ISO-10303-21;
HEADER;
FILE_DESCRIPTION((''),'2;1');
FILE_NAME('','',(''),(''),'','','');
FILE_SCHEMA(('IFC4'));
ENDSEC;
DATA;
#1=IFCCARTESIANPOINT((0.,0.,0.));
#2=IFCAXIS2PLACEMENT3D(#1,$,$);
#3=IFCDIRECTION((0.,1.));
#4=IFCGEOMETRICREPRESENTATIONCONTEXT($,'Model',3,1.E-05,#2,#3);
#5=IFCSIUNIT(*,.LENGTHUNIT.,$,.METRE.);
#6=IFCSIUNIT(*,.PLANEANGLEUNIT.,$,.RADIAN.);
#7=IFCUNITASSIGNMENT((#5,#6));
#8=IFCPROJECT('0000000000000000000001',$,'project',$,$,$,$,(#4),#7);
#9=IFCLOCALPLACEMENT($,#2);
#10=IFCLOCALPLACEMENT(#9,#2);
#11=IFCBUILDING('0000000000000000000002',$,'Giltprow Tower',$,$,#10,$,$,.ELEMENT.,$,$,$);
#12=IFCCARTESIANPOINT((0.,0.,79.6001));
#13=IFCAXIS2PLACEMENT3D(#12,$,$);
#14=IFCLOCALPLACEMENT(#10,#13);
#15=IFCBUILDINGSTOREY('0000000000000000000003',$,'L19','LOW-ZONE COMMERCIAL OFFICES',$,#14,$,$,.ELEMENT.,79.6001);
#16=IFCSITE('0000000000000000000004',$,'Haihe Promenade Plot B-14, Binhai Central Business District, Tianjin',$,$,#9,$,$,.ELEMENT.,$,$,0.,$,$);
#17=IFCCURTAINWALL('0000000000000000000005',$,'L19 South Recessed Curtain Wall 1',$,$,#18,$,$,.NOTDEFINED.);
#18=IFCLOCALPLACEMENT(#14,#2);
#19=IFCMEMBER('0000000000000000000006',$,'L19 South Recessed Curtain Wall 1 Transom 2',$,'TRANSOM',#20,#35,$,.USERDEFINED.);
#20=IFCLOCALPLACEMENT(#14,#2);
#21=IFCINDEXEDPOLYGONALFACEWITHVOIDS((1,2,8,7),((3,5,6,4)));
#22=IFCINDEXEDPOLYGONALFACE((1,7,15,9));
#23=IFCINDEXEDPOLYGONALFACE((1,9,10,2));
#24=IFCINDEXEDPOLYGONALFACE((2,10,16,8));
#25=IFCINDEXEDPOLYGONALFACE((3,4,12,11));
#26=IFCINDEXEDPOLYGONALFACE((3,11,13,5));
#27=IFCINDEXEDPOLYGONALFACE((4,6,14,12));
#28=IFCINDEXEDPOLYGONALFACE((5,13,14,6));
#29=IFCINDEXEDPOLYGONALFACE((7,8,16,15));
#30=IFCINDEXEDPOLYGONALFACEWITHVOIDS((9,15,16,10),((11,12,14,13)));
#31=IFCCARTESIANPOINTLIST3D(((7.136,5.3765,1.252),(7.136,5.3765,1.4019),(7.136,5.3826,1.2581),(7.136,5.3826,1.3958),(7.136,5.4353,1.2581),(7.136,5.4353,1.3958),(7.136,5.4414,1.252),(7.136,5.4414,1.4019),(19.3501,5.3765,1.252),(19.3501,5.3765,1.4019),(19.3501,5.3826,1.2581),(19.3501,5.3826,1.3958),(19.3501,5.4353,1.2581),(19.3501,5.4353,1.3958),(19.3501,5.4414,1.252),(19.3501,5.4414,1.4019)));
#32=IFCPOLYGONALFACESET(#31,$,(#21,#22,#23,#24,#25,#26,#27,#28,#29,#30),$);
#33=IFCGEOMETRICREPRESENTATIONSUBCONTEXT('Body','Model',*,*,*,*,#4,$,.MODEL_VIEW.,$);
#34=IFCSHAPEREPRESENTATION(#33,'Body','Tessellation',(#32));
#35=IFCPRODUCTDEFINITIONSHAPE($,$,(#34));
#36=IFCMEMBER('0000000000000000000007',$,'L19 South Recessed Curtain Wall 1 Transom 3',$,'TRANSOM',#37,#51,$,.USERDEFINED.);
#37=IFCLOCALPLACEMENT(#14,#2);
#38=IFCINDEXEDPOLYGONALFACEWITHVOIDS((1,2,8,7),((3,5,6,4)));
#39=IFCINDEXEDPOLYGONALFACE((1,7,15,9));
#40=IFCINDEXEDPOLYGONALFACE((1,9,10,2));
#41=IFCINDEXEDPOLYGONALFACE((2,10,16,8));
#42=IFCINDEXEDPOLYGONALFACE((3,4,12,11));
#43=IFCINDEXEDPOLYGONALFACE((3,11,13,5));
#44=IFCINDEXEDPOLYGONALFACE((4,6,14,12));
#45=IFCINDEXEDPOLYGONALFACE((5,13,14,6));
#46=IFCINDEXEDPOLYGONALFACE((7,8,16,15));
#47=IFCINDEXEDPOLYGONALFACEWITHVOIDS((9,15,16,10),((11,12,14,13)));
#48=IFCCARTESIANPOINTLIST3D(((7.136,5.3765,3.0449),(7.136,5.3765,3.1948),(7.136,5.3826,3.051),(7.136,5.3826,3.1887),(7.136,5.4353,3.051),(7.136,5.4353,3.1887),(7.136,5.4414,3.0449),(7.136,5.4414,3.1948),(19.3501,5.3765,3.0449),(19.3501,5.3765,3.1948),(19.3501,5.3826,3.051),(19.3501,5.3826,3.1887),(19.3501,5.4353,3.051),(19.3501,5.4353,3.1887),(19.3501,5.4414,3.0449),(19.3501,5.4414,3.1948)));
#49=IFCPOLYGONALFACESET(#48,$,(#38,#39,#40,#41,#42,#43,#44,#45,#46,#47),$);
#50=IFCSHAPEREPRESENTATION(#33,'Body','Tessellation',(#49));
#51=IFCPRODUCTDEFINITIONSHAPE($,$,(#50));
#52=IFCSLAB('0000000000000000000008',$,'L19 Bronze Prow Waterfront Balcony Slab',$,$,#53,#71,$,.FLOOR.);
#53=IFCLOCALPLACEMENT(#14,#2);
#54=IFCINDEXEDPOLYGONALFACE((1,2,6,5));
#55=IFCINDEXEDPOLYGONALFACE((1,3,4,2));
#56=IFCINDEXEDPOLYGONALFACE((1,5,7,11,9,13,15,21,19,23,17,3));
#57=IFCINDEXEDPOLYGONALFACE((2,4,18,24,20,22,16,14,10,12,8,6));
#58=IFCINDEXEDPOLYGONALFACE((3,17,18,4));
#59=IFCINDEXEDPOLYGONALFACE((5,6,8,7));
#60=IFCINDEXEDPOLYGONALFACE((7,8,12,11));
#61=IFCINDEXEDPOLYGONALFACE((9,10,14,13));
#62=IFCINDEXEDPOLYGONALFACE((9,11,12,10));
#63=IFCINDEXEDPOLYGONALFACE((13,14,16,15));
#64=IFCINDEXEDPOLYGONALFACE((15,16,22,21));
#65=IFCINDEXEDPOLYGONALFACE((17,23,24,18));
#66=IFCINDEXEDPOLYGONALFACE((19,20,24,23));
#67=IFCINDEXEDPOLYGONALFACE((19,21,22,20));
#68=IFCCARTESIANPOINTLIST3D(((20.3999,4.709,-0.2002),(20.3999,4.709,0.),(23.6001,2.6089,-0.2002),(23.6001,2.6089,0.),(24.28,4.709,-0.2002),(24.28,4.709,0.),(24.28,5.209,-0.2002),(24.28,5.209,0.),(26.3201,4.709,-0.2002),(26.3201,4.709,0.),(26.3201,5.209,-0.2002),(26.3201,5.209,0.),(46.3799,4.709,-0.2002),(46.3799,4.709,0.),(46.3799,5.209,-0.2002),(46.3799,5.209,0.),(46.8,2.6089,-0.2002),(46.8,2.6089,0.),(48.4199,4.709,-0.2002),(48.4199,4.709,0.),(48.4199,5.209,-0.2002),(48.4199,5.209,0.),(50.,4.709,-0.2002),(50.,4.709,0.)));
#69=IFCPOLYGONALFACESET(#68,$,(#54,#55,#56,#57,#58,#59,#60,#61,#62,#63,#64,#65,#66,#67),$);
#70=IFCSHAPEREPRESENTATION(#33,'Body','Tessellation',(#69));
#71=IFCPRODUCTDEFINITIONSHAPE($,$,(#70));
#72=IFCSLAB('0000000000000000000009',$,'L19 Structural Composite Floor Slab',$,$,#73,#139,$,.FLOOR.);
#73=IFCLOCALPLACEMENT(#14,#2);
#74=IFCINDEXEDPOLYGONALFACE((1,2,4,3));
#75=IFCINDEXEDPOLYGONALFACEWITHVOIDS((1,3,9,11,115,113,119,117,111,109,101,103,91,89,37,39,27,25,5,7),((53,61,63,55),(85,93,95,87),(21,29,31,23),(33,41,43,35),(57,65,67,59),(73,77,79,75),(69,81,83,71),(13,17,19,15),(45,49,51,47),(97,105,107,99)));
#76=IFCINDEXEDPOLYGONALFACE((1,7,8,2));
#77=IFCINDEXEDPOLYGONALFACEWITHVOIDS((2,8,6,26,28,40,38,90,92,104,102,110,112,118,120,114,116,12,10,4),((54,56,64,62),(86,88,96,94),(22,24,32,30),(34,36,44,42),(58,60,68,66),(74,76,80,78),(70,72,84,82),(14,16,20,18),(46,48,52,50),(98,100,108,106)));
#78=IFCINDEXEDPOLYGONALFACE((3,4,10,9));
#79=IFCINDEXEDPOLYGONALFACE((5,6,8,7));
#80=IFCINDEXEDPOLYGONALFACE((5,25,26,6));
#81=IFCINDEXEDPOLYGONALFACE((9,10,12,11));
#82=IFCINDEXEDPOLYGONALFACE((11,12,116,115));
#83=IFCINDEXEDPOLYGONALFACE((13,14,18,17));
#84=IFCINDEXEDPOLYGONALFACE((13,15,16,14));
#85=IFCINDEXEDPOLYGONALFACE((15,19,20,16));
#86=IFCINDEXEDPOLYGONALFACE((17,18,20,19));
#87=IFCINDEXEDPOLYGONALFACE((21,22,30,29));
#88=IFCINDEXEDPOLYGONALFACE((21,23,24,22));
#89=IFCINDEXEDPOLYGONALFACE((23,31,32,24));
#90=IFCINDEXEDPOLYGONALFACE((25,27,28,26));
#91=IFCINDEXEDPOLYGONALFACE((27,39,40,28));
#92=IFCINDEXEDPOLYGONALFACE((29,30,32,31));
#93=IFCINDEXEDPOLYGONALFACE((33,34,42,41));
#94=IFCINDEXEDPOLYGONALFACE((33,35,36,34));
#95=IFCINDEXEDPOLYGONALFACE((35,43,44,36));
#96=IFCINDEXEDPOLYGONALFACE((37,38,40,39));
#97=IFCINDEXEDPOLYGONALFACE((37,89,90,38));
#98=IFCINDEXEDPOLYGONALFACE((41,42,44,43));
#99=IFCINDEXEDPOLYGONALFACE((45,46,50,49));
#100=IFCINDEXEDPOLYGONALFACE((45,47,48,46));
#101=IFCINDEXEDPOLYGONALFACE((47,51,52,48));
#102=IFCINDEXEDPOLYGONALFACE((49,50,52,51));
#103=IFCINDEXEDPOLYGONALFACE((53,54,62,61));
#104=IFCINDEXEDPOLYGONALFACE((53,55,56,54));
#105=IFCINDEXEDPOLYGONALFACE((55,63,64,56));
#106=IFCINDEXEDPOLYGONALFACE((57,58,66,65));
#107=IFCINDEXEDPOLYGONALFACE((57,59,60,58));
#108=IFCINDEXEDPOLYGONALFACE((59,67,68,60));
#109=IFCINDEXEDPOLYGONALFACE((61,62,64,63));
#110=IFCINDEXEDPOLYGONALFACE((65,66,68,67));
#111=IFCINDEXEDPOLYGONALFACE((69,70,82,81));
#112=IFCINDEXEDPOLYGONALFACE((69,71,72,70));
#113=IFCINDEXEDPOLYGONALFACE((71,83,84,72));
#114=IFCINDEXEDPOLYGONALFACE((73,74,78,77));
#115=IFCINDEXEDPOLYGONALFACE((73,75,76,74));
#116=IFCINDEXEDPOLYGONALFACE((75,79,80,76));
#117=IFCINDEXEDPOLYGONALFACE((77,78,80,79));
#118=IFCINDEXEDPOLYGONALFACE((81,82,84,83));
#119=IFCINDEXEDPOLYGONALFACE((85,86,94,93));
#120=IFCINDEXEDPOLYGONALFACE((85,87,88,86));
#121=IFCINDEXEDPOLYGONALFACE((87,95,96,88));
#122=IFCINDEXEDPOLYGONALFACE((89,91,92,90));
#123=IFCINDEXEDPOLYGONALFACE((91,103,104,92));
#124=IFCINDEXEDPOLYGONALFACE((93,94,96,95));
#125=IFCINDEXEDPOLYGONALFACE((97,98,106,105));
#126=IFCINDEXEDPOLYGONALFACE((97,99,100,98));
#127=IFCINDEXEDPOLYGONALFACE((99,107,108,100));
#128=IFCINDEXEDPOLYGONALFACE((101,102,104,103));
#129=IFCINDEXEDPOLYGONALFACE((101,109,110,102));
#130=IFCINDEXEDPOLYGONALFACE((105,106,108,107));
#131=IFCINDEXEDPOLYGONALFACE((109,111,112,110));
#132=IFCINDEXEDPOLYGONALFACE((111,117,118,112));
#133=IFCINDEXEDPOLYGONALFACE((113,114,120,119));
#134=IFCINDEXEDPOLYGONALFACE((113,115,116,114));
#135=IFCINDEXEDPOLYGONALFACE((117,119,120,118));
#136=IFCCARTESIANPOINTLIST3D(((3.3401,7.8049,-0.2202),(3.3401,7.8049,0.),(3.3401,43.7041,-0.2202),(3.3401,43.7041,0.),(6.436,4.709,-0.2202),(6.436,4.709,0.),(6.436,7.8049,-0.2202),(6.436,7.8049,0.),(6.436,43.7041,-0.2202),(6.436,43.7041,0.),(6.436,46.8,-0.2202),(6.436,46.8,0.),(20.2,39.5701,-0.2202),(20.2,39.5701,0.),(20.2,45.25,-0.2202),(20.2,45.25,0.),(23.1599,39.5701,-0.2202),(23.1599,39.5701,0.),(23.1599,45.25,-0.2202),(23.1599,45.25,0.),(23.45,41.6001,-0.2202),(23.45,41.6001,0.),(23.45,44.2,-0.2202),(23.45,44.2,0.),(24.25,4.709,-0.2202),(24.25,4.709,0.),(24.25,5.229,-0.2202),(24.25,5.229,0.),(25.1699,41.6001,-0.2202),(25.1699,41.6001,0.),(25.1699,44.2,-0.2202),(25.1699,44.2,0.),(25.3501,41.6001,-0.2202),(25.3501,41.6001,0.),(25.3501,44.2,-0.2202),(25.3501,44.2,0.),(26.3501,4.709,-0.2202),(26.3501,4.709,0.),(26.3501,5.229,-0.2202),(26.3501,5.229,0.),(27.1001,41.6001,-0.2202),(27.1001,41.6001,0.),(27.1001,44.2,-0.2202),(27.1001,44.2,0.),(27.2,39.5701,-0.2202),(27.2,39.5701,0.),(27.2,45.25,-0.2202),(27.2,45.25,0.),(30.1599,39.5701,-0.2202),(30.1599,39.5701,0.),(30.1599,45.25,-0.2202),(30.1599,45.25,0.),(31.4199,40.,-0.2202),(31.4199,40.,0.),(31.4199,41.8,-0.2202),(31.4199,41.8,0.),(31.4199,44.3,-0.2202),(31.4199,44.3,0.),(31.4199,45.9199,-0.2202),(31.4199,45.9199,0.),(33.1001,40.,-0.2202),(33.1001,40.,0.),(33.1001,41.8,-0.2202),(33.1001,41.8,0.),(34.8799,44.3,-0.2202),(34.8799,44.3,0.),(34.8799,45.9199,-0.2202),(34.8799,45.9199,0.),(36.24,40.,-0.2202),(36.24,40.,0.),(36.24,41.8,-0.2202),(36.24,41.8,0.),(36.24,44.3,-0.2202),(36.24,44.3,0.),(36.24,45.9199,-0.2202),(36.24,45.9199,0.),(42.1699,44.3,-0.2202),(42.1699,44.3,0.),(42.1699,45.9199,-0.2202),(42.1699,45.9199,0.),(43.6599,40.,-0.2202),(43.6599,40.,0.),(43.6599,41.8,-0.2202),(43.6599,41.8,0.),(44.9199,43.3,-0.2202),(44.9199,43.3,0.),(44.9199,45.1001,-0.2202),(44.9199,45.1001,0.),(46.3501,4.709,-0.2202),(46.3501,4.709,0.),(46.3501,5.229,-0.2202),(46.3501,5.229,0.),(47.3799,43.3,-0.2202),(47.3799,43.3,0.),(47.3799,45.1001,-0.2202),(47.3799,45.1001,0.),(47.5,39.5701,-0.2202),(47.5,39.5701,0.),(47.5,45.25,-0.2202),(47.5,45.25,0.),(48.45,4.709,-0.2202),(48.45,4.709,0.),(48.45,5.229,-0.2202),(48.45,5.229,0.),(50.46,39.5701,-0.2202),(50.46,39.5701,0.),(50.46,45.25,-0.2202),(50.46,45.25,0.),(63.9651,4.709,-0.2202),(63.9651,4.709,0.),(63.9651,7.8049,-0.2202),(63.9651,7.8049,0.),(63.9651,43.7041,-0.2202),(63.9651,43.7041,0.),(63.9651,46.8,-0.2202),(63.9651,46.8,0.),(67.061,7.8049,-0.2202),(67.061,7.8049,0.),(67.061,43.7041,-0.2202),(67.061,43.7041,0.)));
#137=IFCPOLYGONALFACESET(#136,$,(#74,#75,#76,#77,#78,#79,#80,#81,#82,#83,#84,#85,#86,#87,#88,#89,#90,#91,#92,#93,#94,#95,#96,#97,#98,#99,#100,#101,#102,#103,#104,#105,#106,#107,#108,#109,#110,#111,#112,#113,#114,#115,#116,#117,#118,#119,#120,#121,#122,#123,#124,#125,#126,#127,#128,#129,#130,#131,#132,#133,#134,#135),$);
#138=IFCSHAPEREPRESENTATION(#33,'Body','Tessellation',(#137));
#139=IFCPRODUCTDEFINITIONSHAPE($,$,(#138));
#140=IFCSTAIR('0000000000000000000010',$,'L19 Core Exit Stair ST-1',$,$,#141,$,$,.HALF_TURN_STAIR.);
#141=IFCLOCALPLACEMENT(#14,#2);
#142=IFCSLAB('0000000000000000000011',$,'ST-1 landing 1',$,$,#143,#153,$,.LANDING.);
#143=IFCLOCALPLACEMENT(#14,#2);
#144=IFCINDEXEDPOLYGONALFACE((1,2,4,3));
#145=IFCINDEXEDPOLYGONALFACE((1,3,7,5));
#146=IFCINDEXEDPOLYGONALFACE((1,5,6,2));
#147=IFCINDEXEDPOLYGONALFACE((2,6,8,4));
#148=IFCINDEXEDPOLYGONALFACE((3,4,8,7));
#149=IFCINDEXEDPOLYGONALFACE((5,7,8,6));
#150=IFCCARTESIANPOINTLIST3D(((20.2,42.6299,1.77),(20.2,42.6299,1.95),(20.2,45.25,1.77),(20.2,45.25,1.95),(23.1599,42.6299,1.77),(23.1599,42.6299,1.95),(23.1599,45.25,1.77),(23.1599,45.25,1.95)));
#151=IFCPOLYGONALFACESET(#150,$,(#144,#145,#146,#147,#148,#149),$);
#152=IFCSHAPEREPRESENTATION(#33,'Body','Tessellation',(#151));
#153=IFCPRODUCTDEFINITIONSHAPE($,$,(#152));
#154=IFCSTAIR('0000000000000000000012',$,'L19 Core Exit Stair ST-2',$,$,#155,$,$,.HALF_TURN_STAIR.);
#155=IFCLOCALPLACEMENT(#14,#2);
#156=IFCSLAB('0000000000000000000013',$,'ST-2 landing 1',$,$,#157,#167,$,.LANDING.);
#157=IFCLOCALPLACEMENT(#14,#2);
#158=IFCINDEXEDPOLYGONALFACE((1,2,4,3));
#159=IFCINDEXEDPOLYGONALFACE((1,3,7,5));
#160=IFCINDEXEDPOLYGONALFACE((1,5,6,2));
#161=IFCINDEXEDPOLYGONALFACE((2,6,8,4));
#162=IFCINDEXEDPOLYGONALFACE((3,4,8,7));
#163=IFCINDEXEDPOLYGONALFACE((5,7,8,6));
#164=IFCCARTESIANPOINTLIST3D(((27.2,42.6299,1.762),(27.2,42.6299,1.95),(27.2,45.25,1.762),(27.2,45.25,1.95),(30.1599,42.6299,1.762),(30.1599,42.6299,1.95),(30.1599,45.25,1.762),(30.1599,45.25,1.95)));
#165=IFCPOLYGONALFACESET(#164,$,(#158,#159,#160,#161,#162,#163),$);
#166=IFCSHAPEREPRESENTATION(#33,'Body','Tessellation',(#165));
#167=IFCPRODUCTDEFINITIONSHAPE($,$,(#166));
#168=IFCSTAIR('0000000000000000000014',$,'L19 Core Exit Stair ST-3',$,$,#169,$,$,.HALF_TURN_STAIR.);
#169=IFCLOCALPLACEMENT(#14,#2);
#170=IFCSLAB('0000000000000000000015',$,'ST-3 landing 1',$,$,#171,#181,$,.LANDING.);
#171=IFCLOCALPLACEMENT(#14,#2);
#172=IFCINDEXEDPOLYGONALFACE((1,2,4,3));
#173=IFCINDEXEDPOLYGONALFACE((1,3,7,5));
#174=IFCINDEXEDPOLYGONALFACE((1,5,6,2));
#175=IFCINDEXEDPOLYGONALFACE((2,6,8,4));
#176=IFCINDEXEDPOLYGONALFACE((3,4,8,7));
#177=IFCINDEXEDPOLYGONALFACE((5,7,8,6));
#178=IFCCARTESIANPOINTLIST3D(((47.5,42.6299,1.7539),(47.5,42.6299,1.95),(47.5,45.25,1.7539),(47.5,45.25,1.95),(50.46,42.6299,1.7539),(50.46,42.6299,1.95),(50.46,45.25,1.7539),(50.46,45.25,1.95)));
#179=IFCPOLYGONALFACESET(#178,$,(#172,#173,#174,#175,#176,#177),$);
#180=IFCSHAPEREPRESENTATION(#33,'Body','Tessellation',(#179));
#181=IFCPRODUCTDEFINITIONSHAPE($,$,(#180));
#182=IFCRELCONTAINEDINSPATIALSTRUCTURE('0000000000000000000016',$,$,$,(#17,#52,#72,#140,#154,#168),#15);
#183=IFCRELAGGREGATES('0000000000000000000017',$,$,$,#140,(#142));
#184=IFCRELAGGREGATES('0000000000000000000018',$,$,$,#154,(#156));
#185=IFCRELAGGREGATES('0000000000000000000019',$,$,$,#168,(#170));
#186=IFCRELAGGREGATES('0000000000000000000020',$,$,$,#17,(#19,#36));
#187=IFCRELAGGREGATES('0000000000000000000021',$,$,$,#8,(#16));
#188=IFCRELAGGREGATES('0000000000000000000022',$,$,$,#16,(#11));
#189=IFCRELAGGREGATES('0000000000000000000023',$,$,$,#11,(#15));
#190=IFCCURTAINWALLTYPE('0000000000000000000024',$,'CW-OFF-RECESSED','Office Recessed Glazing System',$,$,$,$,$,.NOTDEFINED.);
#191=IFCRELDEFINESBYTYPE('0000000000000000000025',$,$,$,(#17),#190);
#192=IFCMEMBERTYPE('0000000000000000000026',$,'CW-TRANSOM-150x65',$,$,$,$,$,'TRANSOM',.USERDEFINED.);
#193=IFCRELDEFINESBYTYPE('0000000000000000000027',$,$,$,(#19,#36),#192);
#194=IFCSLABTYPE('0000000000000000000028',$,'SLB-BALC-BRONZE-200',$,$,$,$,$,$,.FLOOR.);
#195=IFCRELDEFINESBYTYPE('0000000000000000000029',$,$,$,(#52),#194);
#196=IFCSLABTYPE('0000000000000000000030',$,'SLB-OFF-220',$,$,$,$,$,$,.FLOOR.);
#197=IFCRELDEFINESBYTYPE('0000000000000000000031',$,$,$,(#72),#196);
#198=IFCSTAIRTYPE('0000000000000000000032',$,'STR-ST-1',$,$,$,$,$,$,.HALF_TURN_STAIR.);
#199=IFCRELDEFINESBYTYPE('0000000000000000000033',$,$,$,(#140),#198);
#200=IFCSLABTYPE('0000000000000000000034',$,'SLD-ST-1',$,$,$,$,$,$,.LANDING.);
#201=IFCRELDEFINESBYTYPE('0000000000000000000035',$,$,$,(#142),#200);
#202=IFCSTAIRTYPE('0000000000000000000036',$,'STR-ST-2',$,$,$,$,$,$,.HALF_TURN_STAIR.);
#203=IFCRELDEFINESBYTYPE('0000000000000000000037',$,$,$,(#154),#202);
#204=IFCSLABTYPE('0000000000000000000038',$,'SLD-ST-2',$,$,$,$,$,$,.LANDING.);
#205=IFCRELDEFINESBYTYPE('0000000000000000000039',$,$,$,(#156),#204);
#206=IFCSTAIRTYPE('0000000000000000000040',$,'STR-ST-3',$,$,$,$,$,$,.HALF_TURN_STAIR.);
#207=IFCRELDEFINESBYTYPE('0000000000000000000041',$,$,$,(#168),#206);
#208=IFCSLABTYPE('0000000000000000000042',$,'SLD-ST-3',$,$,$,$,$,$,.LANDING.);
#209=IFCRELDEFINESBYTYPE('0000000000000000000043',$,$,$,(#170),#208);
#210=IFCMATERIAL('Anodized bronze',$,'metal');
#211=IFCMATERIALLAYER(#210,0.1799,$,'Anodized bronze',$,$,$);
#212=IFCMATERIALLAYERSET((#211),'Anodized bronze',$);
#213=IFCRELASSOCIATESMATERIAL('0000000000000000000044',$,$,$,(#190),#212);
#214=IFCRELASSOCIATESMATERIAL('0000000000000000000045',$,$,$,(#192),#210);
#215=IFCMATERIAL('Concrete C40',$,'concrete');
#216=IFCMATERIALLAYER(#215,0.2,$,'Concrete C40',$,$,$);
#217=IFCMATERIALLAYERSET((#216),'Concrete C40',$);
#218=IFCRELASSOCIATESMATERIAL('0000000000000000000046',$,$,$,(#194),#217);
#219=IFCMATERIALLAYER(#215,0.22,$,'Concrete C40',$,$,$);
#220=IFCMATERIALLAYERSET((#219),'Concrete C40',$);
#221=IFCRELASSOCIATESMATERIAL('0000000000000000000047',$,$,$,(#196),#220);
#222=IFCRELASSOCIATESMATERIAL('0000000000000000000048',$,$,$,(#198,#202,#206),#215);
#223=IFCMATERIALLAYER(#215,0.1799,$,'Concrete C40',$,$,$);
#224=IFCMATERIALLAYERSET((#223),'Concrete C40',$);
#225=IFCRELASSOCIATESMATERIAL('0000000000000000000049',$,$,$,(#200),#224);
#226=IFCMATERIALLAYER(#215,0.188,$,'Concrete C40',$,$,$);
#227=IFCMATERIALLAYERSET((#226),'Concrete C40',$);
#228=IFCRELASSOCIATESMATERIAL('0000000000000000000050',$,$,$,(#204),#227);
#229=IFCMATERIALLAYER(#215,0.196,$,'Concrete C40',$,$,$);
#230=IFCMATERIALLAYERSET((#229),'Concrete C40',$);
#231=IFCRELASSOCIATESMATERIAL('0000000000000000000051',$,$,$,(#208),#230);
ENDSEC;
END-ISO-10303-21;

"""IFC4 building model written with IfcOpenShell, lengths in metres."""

from ifc_helpers import new_model, si_unit, direction, frame, origin, origin_2d, place, context, subcontext, project, spatial, polyline, hollow_rectangle, outline, extrude, source, transform, mapped, material, layer, layer_set, material_profile, profile_set, type_object, element, aggregate, save


model = new_model("IFC4")

# Units and contexts
model_context = context("Model", 3, precision=1e-05, world=origin(), true_north=direction((0.0, 1.0)))
body_context = subcontext(model_context, "Body", "Model", "MODEL_VIEW")
ifc_project = project(units=[si_unit("LENGTHUNIT", "METRE"), si_unit("PLANEANGLEUNIT", "RADIAN")], contexts=[model_context])

# Site, building, storey
site_placement = place(None, origin())
site = spatial("IfcSite", under=ifc_project, at=site_placement, Name="Haihe Promenade Plot B-14, Binhai Central Business District, Tianjin", CompositionType="ELEMENT", RefElevation=0.0)
building_placement = place(site_placement, origin())
building = spatial("IfcBuilding", under=site, at=building_placement, Name="Giltprow Tower", CompositionType="ELEMENT")
storey_placement = place(building_placement, frame((0.0, 0.0, 79.6001)))
storey = spatial("IfcBuildingStorey", under=building, at=storey_placement, Name="L19", Description="LOW-ZONE COMMERCIAL OFFICES", CompositionType="ELEMENT", Elevation=79.6001)

# Curtain wall, members
ifc_material_1 = material(Name="Anodized bronze", Category="metal")
ifc_layer_1 = layer(ifc_material_1, 0.1799, Name="Anodized bronze")
ifc_layer_set_1 = layer_set([ifc_layer_1], Name="Anodized bronze")
curtain_wall_type = type_object("IfcCurtainWallType", Name="CW-OFF-RECESSED", Description="Office Recessed Glazing System", PredefinedType="NOTDEFINED", material=ifc_layer_set_1)
curtain_wall_placement = place(storey_placement, origin())
curtain_wall = element("IfcCurtainWall", 1, at=curtain_wall_placement, inside=storey, type_object=curtain_wall_type, Name="L19 South Recessed Curtain Wall 1", PredefinedType="NOTDEFINED")
ifc_material_profile_1 = material_profile(ifc_material_1, hollow_rectangle(XDim=0.0649, YDim=0.1499, WallThickness=0.0061, at=origin_2d()), Name="RHS 150x65x6")
ifc_profile_set_1 = profile_set([ifc_material_profile_1], Name="Anodized bronze")
member_type_1 = type_object("IfcMemberType", Name="CW-TRANSOM-150x65", ElementType="TRANSOM", PredefinedType="USERDEFINED", material=ifc_profile_set_1)
shared_shape_1 = source(origin(), body_context, "Body", "SweptSolid", [
    extrude(hollow_rectangle(XDim=0.0649, YDim=0.1499, WallThickness=0.0061, at=origin_2d()), origin(), (0.0, 0.0, 1.0), 12.2141),
])
member_1_placement = place(storey_placement, frame((7.136, 5.4089, 1.3269), z_axis=(1.0, 0.0, 0.0), x_axis=(0.0, 1.0, 0.0)))
member_1 = element("IfcMember", 2, at=member_1_placement, type_object=member_type_1, Name="L19 South Recessed Curtain Wall 1 Transom 2", ObjectType="TRANSOM", PredefinedType="USERDEFINED", context=body_context, shape_type="MappedRepresentation", body=[
    mapped(shared_shape_1, transform((0.0, 0.0, 0.0), x_axis=(1.0, 0.0, 0.0), y_axis=(0.0, 1.0, 0.0), z_axis=(0.0, 0.0, 1.0), scale=1.0)),
])
member_2_placement = place(storey_placement, frame((7.136, 5.4089, 3.1199), z_axis=(1.0, 0.0, 0.0), x_axis=(0.0, 1.0, 0.0)))
member_2 = element("IfcMember", 3, at=member_2_placement, type_object=member_type_1, Name="L19 South Recessed Curtain Wall 1 Transom 3", ObjectType="TRANSOM", PredefinedType="USERDEFINED", context=body_context, shape_type="MappedRepresentation", body=[
    mapped(shared_shape_1, transform((0.0, 0.0, 0.0), x_axis=(1.0, 0.0, 0.0), y_axis=(0.0, 1.0, 0.0), z_axis=(0.0, 0.0, 1.0), scale=1.0)),
])

# Slabs
ifc_material_2 = material(Name="Concrete C40", Category="concrete")
ifc_layer_2 = layer(ifc_material_2, 0.2, Name="Concrete C40")
ifc_layer_set_2 = layer_set([ifc_layer_2], Name="Concrete C40")
slab_type_1 = type_object("IfcSlabType", Name="SLB-BALC-BRONZE-200", PredefinedType="FLOOR", material=ifc_layer_set_2)
slab_1_placement = place(storey_placement, frame((0.0, 0.0, -0.2002)))
element("IfcSlab", 4, at=slab_1_placement, inside=storey, type_object=slab_type_1, Name="L19 Bronze Prow Waterfront Balcony Slab", PredefinedType="FLOOR", context=body_context, shape_type="SweptSolid", body=[
    extrude(outline(polyline([(50.0, 4.709), (46.8, 2.6089), (23.6001, 2.6089), (20.3999, 4.709), (24.28, 4.709), (24.28, 5.209), (26.3201, 5.209), (26.3201, 4.709), (46.3799, 4.709), (46.3799, 5.209), (48.4199, 5.209), (48.4199, 4.709), (50.0, 4.709)])), origin(), (0.0, 0.0, 1.0), 0.2002),
])
ifc_layer_3 = layer(ifc_material_2, 0.22, Name="Concrete C40")
ifc_layer_set_3 = layer_set([ifc_layer_3], Name="Concrete C40")
slab_type_2 = type_object("IfcSlabType", Name="SLB-OFF-220", PredefinedType="FLOOR", material=ifc_layer_set_3)
slab_2_placement = place(storey_placement, frame((0.0, 0.0, -0.2202)))
element("IfcSlab", 5, at=slab_2_placement, inside=storey, type_object=slab_type_2, Name="L19 Structural Composite Floor Slab", PredefinedType="FLOOR", context=body_context, shape_type="SweptSolid", body=[
    extrude(outline(polyline([(6.436, 4.709), (6.436, 7.8049), (3.3401, 7.8049), (3.3401, 43.7041), (6.436, 43.7041), (6.436, 46.8), (63.9651, 46.8), (63.9651, 43.7041), (67.061, 43.7041), (67.061, 7.8049), (63.9651, 7.8049), (63.9651, 4.709), (48.45, 4.709), (48.45, 5.229), (46.3501, 5.229), (46.3501, 4.709), (26.3501, 4.709), (26.3501, 5.229), (24.25, 5.229), (24.25, 4.709), (6.436, 4.709)]), holes=[polyline([(33.1001, 41.8), (31.4199, 41.8), (31.4199, 40.0), (33.1001, 40.0), (33.1001, 41.8)]), polyline([(23.1599, 39.5701), (23.1599, 45.25), (20.2, 45.25), (20.2, 39.5701), (23.1599, 39.5701)]), polyline([(30.1599, 45.25), (27.2, 45.25), (27.2, 39.5701), (30.1599, 39.5701), (30.1599, 45.25)]), polyline([(25.1699, 41.6001), (25.1699, 44.2), (23.45, 44.2), (23.45, 41.6001), (25.1699, 41.6001)]), polyline([(27.1001, 41.6001), (27.1001, 44.2), (25.3501, 44.2), (25.3501, 41.6001), (27.1001, 41.6001)]), polyline([(43.6599, 40.0), (43.6599, 41.8), (36.24, 41.8), (36.24, 40.0), (43.6599, 40.0)]), polyline([(50.46, 39.5701), (50.46, 45.25), (47.5, 45.25), (47.5, 39.5701), (50.46, 39.5701)]), polyline([(47.3799, 45.1001), (44.9199, 45.1001), (44.9199, 43.3), (47.3799, 43.3), (47.3799, 45.1001)]), polyline([(34.8799, 44.3), (34.8799, 45.9199), (31.4199, 45.9199), (31.4199, 44.3), (34.8799, 44.3)]), polyline([(42.1699, 44.3), (42.1699, 45.9199), (36.24, 45.9199), (36.24, 44.3), (42.1699, 44.3)])]), origin(), (0.0, 0.0, 1.0), 0.2202),
])

# Stairs, slabs
stair_type_1 = type_object("IfcStairType", Name="STR-ST-1", PredefinedType="HALF_TURN_STAIR", material=ifc_material_2)
stair_1_placement = place(storey_placement, origin())
stair_1 = element("IfcStair", 6, at=stair_1_placement, inside=storey, type_object=stair_type_1, Name="L19 Core Exit Stair ST-1", PredefinedType="HALF_TURN_STAIR")
ifc_layer_4 = layer(ifc_material_2, 0.1799, Name="Concrete C40")
ifc_layer_set_4 = layer_set([ifc_layer_4], Name="Concrete C40")
slab_type_3 = type_object("IfcSlabType", Name="SLD-ST-1", PredefinedType="LANDING", material=ifc_layer_set_4)
slab_3_placement = place(storey_placement, frame((0.0, 0.0, 1.77)))
slab_3 = element("IfcSlab", 7, at=slab_3_placement, type_object=slab_type_3, Name="ST-1 landing 1", PredefinedType="LANDING", context=body_context, shape_type="SweptSolid", body=[
    extrude(outline(polyline([(23.1599, 42.6299), (23.1599, 45.25), (20.2, 45.25), (20.2, 42.6299), (23.1599, 42.6299)])), origin(), (0.0, 0.0, 1.0), 0.1799),
])
aggregate(stair_1, [slab_3])
stair_type_2 = type_object("IfcStairType", Name="STR-ST-2", PredefinedType="HALF_TURN_STAIR", material=ifc_material_2)
stair_2_placement = place(storey_placement, origin())
stair_2 = element("IfcStair", 8, at=stair_2_placement, inside=storey, type_object=stair_type_2, Name="L19 Core Exit Stair ST-2", PredefinedType="HALF_TURN_STAIR")
ifc_layer_5 = layer(ifc_material_2, 0.188, Name="Concrete C40")
ifc_layer_set_5 = layer_set([ifc_layer_5], Name="Concrete C40")
slab_type_4 = type_object("IfcSlabType", Name="SLD-ST-2", PredefinedType="LANDING", material=ifc_layer_set_5)
slab_4_placement = place(storey_placement, frame((0.0, 0.0, 1.762)))
slab_4 = element("IfcSlab", 9, at=slab_4_placement, type_object=slab_type_4, Name="ST-2 landing 1", PredefinedType="LANDING", context=body_context, shape_type="SweptSolid", body=[
    extrude(outline(polyline([(30.1599, 42.6299), (30.1599, 45.25), (27.2, 45.25), (27.2, 42.6299), (30.1599, 42.6299)])), origin(), (0.0, 0.0, 1.0), 0.188),
])
aggregate(stair_2, [slab_4])
stair_type_3 = type_object("IfcStairType", Name="STR-ST-3", PredefinedType="HALF_TURN_STAIR", material=ifc_material_2)
stair_3_placement = place(storey_placement, origin())
stair_3 = element("IfcStair", 10, at=stair_3_placement, inside=storey, type_object=stair_type_3, Name="L19 Core Exit Stair ST-3", PredefinedType="HALF_TURN_STAIR")
ifc_layer_6 = layer(ifc_material_2, 0.196, Name="Concrete C40")
ifc_layer_set_6 = layer_set([ifc_layer_6], Name="Concrete C40")
slab_type_5 = type_object("IfcSlabType", Name="SLD-ST-3", PredefinedType="LANDING", material=ifc_layer_set_6)
slab_5_placement = place(storey_placement, frame((0.0, 0.0, 1.7539)))
slab_5 = element("IfcSlab", 11, at=slab_5_placement, type_object=slab_type_5, Name="ST-3 landing 1", PredefinedType="LANDING", context=body_context, shape_type="SweptSolid", body=[
    extrude(outline(polyline([(50.46, 42.6299), (50.46, 45.25), (47.5, 45.25), (47.5, 42.6299), (50.46, 42.6299)])), origin(), (0.0, 0.0, 1.0), 0.196),
])
aggregate(stair_3, [slab_5])

aggregate(curtain_wall, [member_1, member_2])

save(model, "model.ifc")
